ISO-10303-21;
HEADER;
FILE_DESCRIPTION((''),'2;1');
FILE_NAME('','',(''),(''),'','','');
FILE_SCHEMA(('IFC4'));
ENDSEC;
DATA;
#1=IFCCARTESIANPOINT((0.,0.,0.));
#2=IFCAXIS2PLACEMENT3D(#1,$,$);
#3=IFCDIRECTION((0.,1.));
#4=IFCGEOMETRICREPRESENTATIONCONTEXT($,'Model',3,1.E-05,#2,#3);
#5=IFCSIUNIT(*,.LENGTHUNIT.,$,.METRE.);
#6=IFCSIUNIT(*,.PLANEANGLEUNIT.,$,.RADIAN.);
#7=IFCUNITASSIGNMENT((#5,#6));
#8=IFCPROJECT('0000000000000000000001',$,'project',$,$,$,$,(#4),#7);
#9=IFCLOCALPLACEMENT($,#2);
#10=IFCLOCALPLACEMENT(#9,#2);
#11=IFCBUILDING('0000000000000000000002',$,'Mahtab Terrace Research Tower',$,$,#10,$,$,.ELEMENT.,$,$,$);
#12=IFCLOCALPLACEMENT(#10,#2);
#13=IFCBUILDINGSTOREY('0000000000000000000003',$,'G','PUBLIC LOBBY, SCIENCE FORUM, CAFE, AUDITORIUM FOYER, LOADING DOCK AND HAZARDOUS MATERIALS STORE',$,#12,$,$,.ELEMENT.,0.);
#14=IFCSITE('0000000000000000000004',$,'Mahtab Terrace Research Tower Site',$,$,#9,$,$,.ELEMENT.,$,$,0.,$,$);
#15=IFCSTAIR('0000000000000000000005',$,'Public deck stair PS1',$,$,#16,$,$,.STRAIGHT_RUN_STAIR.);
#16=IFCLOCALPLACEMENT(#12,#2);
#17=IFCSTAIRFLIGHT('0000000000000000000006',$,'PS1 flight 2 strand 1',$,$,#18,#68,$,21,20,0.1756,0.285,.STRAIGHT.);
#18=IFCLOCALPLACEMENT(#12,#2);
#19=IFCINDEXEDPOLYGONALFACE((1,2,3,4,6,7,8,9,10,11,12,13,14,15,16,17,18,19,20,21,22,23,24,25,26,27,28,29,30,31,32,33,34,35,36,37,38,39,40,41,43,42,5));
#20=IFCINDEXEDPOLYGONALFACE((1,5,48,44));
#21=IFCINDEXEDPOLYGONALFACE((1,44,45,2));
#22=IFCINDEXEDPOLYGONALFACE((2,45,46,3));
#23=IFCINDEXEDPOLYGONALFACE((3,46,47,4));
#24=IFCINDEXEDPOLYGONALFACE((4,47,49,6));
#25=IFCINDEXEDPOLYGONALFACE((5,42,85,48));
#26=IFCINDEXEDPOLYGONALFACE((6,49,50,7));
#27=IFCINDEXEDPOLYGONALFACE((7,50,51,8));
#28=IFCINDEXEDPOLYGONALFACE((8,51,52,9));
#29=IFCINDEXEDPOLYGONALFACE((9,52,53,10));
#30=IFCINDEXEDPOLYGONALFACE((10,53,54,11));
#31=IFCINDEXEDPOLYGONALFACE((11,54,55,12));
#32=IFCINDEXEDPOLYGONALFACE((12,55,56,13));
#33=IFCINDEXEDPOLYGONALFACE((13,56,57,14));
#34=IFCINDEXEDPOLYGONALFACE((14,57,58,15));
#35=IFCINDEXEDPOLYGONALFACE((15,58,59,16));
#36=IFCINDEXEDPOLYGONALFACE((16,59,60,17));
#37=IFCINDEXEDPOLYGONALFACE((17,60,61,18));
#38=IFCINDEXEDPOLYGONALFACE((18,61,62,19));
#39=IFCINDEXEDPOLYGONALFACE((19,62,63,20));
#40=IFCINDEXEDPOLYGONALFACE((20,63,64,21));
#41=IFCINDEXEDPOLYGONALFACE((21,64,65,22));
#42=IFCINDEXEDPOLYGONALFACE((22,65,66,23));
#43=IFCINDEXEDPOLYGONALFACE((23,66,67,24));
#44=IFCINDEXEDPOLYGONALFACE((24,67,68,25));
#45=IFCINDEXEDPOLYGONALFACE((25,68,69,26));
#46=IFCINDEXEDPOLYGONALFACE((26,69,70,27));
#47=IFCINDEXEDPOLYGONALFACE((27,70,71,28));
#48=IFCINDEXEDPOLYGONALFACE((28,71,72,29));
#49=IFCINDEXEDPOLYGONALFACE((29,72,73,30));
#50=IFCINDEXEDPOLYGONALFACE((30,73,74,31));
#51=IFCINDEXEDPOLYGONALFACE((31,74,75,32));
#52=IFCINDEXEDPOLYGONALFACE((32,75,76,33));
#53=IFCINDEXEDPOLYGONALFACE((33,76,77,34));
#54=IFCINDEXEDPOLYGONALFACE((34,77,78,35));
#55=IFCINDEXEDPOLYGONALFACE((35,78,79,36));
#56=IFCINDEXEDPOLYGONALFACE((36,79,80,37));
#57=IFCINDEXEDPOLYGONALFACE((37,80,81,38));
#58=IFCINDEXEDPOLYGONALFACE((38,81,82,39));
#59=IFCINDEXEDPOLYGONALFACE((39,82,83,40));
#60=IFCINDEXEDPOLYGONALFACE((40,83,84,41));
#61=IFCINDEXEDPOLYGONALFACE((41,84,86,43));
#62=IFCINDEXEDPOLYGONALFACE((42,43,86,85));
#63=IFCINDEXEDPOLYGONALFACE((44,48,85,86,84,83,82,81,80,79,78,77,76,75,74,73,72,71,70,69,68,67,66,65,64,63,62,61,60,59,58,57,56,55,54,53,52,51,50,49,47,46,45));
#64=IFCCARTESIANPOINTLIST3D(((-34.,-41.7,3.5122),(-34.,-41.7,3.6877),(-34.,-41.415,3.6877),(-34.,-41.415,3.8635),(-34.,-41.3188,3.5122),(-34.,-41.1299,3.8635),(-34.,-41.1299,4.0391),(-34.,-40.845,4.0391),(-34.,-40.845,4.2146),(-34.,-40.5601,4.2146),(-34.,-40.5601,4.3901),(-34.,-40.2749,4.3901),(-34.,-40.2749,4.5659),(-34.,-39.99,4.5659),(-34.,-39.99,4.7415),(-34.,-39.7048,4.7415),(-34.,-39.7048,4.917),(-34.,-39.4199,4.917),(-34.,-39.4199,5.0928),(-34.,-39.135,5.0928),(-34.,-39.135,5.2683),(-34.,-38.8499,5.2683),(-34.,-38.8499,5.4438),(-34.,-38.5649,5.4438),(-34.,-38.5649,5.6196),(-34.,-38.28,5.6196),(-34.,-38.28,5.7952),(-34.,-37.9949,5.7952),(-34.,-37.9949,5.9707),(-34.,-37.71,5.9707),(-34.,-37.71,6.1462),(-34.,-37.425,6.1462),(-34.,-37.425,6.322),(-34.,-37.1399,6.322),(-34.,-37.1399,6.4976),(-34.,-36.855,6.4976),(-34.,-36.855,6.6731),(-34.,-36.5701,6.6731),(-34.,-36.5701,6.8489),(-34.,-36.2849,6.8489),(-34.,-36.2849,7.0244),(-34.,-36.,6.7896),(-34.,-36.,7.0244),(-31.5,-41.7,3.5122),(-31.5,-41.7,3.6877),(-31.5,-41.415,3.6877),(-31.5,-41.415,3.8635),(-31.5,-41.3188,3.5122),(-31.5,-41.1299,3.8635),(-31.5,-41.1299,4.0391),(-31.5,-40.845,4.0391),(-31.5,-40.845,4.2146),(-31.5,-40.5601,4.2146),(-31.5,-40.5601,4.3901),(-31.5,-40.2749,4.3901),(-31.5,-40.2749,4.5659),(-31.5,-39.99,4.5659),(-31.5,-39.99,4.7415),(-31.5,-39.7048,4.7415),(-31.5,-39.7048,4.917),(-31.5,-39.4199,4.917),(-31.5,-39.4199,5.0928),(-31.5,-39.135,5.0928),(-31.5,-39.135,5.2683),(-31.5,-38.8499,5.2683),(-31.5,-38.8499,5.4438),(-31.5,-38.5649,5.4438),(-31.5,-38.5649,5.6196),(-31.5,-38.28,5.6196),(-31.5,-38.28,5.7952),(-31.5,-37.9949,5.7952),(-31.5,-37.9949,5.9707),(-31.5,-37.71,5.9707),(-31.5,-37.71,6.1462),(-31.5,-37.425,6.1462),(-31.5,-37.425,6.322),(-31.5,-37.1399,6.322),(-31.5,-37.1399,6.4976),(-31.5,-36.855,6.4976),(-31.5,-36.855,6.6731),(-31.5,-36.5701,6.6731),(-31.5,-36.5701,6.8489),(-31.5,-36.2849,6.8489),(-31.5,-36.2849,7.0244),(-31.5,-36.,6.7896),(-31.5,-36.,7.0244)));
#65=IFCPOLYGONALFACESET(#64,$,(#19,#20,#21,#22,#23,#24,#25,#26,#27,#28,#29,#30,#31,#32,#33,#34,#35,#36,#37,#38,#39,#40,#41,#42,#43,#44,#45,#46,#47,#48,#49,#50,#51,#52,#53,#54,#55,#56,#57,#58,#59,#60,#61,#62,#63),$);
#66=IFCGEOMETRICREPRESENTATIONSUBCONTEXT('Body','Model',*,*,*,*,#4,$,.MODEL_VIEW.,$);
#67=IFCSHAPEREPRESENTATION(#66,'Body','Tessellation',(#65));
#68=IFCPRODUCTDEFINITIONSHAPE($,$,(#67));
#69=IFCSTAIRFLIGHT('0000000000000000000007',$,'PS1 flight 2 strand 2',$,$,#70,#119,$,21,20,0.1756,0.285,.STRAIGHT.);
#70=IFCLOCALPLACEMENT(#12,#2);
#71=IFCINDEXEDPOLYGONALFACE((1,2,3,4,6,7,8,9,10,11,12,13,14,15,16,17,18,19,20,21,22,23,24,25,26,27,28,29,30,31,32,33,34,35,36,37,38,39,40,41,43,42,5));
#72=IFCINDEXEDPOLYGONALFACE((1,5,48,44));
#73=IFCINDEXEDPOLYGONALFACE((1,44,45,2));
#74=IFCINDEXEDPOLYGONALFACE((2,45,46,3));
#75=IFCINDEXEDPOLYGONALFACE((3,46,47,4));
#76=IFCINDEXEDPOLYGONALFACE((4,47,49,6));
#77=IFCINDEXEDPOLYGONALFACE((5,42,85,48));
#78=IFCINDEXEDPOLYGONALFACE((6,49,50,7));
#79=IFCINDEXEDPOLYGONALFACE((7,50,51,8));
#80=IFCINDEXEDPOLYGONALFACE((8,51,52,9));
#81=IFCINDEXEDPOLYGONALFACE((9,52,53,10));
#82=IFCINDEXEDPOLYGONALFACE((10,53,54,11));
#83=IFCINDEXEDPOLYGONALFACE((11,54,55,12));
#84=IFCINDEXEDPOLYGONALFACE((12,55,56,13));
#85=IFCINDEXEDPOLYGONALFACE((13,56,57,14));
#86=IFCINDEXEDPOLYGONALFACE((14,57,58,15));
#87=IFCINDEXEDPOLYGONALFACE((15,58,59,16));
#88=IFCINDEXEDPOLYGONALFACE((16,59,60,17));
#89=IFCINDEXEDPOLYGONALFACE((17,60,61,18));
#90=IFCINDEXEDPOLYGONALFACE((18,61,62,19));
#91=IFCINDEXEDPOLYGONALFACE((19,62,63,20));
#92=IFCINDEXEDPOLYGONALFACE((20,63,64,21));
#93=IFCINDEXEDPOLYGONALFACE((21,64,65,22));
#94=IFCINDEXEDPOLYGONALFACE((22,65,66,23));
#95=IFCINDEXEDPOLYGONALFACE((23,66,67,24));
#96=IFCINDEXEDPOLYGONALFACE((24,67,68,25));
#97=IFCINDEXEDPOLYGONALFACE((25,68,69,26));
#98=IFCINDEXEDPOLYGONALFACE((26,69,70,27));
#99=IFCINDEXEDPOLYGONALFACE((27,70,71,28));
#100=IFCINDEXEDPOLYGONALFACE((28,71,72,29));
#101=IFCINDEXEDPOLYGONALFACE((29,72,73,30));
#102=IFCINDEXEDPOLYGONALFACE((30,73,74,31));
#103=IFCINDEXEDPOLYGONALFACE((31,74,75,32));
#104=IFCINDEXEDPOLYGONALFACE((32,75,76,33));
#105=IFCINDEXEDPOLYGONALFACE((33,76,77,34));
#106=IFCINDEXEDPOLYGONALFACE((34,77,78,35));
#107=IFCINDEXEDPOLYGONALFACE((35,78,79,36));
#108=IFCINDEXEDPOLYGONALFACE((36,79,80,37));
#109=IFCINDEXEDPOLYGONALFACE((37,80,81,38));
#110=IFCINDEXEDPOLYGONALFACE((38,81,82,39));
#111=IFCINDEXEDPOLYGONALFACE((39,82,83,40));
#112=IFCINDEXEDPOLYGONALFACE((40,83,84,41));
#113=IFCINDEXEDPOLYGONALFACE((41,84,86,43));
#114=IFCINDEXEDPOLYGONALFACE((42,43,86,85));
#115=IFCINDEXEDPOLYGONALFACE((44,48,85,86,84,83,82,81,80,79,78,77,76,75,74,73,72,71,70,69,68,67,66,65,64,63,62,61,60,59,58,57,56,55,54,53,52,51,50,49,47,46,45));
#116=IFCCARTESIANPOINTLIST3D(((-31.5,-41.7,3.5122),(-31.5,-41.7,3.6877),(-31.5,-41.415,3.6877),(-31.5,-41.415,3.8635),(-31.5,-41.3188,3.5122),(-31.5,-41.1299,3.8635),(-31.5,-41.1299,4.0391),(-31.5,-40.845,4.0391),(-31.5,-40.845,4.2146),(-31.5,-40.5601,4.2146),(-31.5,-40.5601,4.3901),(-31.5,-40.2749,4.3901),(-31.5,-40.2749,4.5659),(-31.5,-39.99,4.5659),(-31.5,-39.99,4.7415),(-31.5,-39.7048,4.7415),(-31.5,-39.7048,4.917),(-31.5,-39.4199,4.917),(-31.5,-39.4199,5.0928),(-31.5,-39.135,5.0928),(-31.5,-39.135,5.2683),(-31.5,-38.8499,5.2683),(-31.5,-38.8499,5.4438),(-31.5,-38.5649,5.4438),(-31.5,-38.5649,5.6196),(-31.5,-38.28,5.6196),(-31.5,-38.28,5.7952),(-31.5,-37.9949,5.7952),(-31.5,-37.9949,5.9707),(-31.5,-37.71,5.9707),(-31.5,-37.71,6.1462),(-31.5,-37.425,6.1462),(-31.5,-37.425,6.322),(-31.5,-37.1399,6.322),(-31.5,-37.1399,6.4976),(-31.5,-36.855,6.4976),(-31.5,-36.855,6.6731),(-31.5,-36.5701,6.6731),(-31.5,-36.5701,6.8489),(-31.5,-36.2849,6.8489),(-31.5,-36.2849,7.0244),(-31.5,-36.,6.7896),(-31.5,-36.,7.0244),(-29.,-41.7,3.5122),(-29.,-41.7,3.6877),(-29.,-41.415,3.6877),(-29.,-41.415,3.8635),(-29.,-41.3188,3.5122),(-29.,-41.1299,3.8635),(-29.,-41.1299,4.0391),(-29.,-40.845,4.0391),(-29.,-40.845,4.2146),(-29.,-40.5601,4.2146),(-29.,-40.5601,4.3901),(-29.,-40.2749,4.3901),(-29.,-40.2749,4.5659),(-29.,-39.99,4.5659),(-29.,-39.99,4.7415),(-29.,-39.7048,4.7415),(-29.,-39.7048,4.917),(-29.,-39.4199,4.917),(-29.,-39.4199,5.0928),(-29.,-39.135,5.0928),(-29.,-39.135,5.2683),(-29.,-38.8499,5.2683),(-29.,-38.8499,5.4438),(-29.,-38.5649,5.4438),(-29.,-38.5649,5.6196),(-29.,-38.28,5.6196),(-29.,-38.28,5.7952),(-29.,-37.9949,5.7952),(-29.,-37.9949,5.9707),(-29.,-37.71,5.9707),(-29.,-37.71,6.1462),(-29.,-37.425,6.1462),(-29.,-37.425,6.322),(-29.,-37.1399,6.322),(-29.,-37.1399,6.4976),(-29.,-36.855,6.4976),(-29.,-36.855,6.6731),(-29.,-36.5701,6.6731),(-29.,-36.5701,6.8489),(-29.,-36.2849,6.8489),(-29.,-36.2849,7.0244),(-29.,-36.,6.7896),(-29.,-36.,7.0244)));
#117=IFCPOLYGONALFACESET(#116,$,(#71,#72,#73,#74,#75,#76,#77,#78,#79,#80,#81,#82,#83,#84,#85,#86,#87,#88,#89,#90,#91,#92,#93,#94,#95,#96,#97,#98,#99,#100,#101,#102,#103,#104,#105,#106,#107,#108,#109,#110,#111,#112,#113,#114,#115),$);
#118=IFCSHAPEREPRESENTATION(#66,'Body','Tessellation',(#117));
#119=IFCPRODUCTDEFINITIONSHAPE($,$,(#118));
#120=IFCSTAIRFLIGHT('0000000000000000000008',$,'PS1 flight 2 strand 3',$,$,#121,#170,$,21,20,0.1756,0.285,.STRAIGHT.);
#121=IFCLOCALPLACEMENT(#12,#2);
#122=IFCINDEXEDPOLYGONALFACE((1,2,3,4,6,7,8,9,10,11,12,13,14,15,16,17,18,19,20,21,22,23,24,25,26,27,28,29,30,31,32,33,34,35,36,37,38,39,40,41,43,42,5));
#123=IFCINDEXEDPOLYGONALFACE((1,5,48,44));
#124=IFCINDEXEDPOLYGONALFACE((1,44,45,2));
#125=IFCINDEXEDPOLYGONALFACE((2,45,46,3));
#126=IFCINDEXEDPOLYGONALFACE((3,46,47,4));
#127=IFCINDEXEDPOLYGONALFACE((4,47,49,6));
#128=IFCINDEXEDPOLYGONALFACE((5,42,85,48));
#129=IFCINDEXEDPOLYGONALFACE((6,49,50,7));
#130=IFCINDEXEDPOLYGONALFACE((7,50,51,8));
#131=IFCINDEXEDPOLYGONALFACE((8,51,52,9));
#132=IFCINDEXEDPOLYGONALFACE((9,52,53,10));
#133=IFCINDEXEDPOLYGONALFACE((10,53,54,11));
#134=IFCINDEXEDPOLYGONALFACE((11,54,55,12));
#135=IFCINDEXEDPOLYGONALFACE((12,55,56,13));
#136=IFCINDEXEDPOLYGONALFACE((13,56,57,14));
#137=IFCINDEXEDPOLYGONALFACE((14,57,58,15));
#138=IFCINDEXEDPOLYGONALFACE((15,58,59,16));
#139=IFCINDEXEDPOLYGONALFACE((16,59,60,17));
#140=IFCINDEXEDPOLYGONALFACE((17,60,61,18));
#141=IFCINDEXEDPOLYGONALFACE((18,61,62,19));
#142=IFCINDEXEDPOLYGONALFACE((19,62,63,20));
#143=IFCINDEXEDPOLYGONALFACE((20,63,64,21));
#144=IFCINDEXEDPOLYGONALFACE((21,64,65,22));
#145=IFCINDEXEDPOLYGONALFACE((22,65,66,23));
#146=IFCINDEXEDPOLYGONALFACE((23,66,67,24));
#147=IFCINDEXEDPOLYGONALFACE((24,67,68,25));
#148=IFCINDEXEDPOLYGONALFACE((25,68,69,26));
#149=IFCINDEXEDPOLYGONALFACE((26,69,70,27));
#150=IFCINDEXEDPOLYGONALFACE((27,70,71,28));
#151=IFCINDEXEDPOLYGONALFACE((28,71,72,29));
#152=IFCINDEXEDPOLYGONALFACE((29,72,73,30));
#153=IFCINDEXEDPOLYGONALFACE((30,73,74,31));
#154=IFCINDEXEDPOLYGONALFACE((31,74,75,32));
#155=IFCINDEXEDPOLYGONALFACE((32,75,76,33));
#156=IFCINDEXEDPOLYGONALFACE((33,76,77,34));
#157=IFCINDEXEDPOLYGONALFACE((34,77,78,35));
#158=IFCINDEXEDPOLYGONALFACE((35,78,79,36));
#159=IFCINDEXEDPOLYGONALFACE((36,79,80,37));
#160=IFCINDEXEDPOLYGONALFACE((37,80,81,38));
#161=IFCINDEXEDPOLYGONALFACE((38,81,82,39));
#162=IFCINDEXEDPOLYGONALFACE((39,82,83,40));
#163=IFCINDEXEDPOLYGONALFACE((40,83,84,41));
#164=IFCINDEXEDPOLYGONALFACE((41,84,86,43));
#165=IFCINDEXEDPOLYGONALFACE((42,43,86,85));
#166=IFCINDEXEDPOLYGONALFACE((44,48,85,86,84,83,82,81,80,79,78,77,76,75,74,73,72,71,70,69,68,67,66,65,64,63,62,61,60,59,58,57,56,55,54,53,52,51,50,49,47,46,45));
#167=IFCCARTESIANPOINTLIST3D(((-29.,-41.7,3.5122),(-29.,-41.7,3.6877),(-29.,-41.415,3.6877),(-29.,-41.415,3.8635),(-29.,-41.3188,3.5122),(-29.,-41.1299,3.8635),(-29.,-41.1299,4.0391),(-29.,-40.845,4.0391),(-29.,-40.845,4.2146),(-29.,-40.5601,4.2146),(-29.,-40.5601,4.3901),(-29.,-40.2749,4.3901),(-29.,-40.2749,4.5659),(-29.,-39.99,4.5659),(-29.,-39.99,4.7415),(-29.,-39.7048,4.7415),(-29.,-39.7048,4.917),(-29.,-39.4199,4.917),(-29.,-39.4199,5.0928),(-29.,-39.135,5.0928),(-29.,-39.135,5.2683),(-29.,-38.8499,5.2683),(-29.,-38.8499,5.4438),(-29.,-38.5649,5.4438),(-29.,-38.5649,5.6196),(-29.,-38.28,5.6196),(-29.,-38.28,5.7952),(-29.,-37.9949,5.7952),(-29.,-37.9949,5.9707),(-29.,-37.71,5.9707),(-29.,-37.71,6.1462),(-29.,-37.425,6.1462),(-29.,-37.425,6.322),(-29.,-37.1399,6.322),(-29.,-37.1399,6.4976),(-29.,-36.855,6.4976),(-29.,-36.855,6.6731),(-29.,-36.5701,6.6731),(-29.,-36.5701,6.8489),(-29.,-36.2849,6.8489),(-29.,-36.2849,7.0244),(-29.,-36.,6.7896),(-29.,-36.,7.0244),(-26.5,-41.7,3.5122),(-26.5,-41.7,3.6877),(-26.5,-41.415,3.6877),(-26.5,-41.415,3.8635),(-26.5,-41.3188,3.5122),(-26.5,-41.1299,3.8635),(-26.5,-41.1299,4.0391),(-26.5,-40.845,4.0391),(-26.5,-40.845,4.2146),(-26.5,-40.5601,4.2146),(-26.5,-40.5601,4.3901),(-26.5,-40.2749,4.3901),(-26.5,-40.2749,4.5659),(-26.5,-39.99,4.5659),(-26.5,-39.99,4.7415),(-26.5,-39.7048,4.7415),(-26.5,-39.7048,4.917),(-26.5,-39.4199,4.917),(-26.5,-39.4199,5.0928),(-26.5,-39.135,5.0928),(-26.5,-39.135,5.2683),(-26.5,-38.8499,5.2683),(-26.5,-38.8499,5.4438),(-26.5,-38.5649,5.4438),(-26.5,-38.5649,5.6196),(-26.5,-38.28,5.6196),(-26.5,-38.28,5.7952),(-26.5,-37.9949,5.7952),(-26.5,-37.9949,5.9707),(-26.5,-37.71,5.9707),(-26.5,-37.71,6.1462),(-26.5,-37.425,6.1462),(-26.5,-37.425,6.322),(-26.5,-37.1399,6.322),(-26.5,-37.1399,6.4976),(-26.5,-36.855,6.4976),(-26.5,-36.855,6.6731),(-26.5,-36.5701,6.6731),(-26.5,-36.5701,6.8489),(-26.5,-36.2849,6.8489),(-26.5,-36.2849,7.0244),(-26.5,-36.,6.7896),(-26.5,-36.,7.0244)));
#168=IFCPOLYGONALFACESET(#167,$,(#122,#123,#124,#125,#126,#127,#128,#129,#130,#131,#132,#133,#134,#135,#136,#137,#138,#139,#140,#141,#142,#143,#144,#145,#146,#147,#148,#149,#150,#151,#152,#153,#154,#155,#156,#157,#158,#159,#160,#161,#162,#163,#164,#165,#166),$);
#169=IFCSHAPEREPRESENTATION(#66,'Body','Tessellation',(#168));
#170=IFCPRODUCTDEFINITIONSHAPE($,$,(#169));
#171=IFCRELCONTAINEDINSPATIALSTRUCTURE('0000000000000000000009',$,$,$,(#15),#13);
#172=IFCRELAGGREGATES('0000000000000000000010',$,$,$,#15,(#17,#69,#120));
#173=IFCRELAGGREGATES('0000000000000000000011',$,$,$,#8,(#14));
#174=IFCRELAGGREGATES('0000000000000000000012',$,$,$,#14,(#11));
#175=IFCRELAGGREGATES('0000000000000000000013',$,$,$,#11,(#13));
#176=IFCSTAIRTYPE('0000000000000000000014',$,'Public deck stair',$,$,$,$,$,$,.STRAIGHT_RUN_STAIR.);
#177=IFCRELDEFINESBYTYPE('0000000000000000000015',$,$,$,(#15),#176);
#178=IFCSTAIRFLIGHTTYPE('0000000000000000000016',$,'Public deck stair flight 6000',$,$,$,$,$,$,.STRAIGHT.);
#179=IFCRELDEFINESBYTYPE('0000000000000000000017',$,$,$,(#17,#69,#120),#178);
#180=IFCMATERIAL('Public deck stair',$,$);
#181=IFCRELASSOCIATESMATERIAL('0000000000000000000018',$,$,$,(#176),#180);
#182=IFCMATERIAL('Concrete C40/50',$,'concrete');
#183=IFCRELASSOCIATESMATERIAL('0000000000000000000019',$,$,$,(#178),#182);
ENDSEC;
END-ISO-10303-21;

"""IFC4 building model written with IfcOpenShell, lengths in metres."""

from ifc_helpers import new_model, si_unit, direction, frame, origin, place, context, subcontext, project, spatial, polyline, outline, extrude, material, type_object, element, aggregate, save


model = new_model("IFC4")

# Units and contexts
model_context = context("Model", 3, precision=1e-05, world=origin(), true_north=direction((0.0, 1.0)))
body_context = subcontext(model_context, "Body", "Model", "MODEL_VIEW")
ifc_project = project(units=[si_unit("LENGTHUNIT", "METRE"), si_unit("PLANEANGLEUNIT", "RADIAN")], contexts=[model_context])

# Site, building, storey
site_placement = place(None, origin())
site = spatial("IfcSite", under=ifc_project, at=site_placement, Name="Mahtab Terrace Research Tower Site", CompositionType="ELEMENT", RefElevation=0.0)
building_placement = place(site_placement, origin())
building = spatial("IfcBuilding", under=site, at=building_placement, Name="Mahtab Terrace Research Tower", CompositionType="ELEMENT")
storey_placement = place(building_placement, origin())
storey = spatial("IfcBuildingStorey", under=building, at=storey_placement, Name="G", Description="PUBLIC LOBBY, SCIENCE FORUM, CAFE, AUDITORIUM FOYER, LOADING DOCK AND HAZARDOUS MATERIALS STORE", CompositionType="ELEMENT", Elevation=0.0)

# Stair, stair flights
ifc_material_1 = material(Name="Public deck stair")
stair_type = type_object("IfcStairType", Name="Public deck stair", PredefinedType="STRAIGHT_RUN_STAIR", material=ifc_material_1)
stair_placement = place(storey_placement, origin())
stair = element("IfcStair", 1, at=stair_placement, inside=storey, type_object=stair_type, Name="Public deck stair PS1", PredefinedType="STRAIGHT_RUN_STAIR")
ifc_material_2 = material(Name="Concrete C40/50", Category="concrete")
stair_flight_type = type_object("IfcStairFlightType", Name="Public deck stair flight 6000", PredefinedType="STRAIGHT", material=ifc_material_2)
stair_flight_1_placement = place(storey_placement, frame((-32.75, -41.7, 3.5122), z_axis=(0.0, 0.0, 1.0), x_axis=(0.0, 1.0, 0.0)))
stair_flight_1 = element("IfcStairFlight", 2, at=stair_flight_1_placement, type_object=stair_flight_type, Name="PS1 flight 2 strand 1", NumberOfRisers=21, NumberOfTreads=20, PredefinedType="STRAIGHT", RiserHeight=0.1756, TreadLength=0.285, context=body_context, shape_type="SweptSolid", body=[
    extrude(outline(polyline([(0.0, 0.0), (0.0, 0.1755), (0.2849, 0.1755), (0.2849, 0.3513), (0.5701, 0.3513), (0.5701, 0.5269), (0.855, 0.5269), (0.855, 0.7024), (1.1399, 0.7024), (1.1399, 0.8779), (1.425, 0.8779), (1.425, 1.0537), (1.71, 1.0537), (1.71, 1.2292), (1.9951, 1.2292), (1.9951, 1.4048), (2.28, 1.4048), (2.28, 1.5806), (2.5649, 1.5806), (2.5649, 1.7561), (2.8501, 1.7561), (2.8501, 1.9316), (3.135, 1.9316), (3.135, 2.1074), (3.4199, 2.1074), (3.4199, 2.283), (3.7051, 2.283), (3.7051, 2.4585), (3.99, 2.4585), (3.99, 2.634), (4.2749, 2.634), (4.2749, 2.8098), (4.5601, 2.8098), (4.5601, 2.9854), (4.845, 2.9854), (4.845, 3.1609), (5.1299, 3.1609), (5.1299, 3.3367), (5.415, 3.3367), (5.415, 3.5122), (5.7, 3.5122), (5.7, 3.6877), (5.7, 3.2773), (0.3811, 0.0), (0.0, 0.0)])), frame((0.0, 1.25, 0.0), z_axis=(0.0, -1.0, 0.0), x_axis=(1.0, 0.0, 0.0)), (0.0, 0.0, 1.0), 2.5),
])
stair_flight_2_placement = place(storey_placement, frame((-30.25, -41.7, 3.5122), z_axis=(0.0, 0.0, 1.0), x_axis=(0.0, 1.0, 0.0)))
stair_flight_2 = element("IfcStairFlight", 3, at=stair_flight_2_placement, type_object=stair_flight_type, Name="PS1 flight 2 strand 2", NumberOfRisers=21, NumberOfTreads=20, PredefinedType="STRAIGHT", RiserHeight=0.1756, TreadLength=0.285, context=body_context, shape_type="SweptSolid", body=[
    extrude(outline(polyline([(0.0, 0.0), (0.0, 0.1755), (0.2849, 0.1755), (0.2849, 0.3513), (0.5701, 0.3513), (0.5701, 0.5269), (0.855, 0.5269), (0.855, 0.7024), (1.1399, 0.7024), (1.1399, 0.8779), (1.425, 0.8779), (1.425, 1.0537), (1.71, 1.0537), (1.71, 1.2292), (1.9951, 1.2292), (1.9951, 1.4048), (2.28, 1.4048), (2.28, 1.5806), (2.5649, 1.5806), (2.5649, 1.7561), (2.8501, 1.7561), (2.8501, 1.9316), (3.135, 1.9316), (3.135, 2.1074), (3.4199, 2.1074), (3.4199, 2.283), (3.7051, 2.283), (3.7051, 2.4585), (3.99, 2.4585), (3.99, 2.634), (4.2749, 2.634), (4.2749, 2.8098), (4.5601, 2.8098), (4.5601, 2.9854), (4.845, 2.9854), (4.845, 3.1609), (5.1299, 3.1609), (5.1299, 3.3367), (5.415, 3.3367), (5.415, 3.5122), (5.7, 3.5122), (5.7, 3.6877), (5.7, 3.2773), (0.3811, 0.0), (0.0, 0.0)])), frame((0.0, 1.25, 0.0), z_axis=(0.0, -1.0, 0.0), x_axis=(1.0, 0.0, 0.0)), (0.0, 0.0, 1.0), 2.5),
])
stair_flight_3_placement = place(storey_placement, frame((-27.75, -41.7, 3.5122), z_axis=(0.0, 0.0, 1.0), x_axis=(0.0, 1.0, 0.0)))
stair_flight_3 = element("IfcStairFlight", 4, at=stair_flight_3_placement, type_object=stair_flight_type, Name="PS1 flight 2 strand 3", NumberOfRisers=21, NumberOfTreads=20, PredefinedType="STRAIGHT", RiserHeight=0.1756, TreadLength=0.285, context=body_context, shape_type="SweptSolid", body=[
    extrude(outline(polyline([(0.0, 0.0), (0.0, 0.1755), (0.2849, 0.1755), (0.2849, 0.3513), (0.5701, 0.3513), (0.5701, 0.5269), (0.855, 0.5269), (0.855, 0.7024), (1.1399, 0.7024), (1.1399, 0.8779), (1.425, 0.8779), (1.425, 1.0537), (1.71, 1.0537), (1.71, 1.2292), (1.9951, 1.2292), (1.9951, 1.4048), (2.28, 1.4048), (2.28, 1.5806), (2.5649, 1.5806), (2.5649, 1.7561), (2.8501, 1.7561), (2.8501, 1.9316), (3.135, 1.9316), (3.135, 2.1074), (3.4199, 2.1074), (3.4199, 2.283), (3.7051, 2.283), (3.7051, 2.4585), (3.99, 2.4585), (3.99, 2.634), (4.2749, 2.634), (4.2749, 2.8098), (4.5601, 2.8098), (4.5601, 2.9854), (4.845, 2.9854), (4.845, 3.1609), (5.1299, 3.1609), (5.1299, 3.3367), (5.415, 3.3367), (5.415, 3.5122), (5.7, 3.5122), (5.7, 3.6877), (5.7, 3.2773), (0.3811, 0.0), (0.0, 0.0)])), frame((0.0, 1.25, 0.0), z_axis=(0.0, -1.0, 0.0), x_axis=(1.0, 0.0, 0.0)), (0.0, 0.0, 1.0), 2.5),
])
aggregate(stair, [stair_flight_1, stair_flight_2, stair_flight_3])

save(model, "model.ifc")
